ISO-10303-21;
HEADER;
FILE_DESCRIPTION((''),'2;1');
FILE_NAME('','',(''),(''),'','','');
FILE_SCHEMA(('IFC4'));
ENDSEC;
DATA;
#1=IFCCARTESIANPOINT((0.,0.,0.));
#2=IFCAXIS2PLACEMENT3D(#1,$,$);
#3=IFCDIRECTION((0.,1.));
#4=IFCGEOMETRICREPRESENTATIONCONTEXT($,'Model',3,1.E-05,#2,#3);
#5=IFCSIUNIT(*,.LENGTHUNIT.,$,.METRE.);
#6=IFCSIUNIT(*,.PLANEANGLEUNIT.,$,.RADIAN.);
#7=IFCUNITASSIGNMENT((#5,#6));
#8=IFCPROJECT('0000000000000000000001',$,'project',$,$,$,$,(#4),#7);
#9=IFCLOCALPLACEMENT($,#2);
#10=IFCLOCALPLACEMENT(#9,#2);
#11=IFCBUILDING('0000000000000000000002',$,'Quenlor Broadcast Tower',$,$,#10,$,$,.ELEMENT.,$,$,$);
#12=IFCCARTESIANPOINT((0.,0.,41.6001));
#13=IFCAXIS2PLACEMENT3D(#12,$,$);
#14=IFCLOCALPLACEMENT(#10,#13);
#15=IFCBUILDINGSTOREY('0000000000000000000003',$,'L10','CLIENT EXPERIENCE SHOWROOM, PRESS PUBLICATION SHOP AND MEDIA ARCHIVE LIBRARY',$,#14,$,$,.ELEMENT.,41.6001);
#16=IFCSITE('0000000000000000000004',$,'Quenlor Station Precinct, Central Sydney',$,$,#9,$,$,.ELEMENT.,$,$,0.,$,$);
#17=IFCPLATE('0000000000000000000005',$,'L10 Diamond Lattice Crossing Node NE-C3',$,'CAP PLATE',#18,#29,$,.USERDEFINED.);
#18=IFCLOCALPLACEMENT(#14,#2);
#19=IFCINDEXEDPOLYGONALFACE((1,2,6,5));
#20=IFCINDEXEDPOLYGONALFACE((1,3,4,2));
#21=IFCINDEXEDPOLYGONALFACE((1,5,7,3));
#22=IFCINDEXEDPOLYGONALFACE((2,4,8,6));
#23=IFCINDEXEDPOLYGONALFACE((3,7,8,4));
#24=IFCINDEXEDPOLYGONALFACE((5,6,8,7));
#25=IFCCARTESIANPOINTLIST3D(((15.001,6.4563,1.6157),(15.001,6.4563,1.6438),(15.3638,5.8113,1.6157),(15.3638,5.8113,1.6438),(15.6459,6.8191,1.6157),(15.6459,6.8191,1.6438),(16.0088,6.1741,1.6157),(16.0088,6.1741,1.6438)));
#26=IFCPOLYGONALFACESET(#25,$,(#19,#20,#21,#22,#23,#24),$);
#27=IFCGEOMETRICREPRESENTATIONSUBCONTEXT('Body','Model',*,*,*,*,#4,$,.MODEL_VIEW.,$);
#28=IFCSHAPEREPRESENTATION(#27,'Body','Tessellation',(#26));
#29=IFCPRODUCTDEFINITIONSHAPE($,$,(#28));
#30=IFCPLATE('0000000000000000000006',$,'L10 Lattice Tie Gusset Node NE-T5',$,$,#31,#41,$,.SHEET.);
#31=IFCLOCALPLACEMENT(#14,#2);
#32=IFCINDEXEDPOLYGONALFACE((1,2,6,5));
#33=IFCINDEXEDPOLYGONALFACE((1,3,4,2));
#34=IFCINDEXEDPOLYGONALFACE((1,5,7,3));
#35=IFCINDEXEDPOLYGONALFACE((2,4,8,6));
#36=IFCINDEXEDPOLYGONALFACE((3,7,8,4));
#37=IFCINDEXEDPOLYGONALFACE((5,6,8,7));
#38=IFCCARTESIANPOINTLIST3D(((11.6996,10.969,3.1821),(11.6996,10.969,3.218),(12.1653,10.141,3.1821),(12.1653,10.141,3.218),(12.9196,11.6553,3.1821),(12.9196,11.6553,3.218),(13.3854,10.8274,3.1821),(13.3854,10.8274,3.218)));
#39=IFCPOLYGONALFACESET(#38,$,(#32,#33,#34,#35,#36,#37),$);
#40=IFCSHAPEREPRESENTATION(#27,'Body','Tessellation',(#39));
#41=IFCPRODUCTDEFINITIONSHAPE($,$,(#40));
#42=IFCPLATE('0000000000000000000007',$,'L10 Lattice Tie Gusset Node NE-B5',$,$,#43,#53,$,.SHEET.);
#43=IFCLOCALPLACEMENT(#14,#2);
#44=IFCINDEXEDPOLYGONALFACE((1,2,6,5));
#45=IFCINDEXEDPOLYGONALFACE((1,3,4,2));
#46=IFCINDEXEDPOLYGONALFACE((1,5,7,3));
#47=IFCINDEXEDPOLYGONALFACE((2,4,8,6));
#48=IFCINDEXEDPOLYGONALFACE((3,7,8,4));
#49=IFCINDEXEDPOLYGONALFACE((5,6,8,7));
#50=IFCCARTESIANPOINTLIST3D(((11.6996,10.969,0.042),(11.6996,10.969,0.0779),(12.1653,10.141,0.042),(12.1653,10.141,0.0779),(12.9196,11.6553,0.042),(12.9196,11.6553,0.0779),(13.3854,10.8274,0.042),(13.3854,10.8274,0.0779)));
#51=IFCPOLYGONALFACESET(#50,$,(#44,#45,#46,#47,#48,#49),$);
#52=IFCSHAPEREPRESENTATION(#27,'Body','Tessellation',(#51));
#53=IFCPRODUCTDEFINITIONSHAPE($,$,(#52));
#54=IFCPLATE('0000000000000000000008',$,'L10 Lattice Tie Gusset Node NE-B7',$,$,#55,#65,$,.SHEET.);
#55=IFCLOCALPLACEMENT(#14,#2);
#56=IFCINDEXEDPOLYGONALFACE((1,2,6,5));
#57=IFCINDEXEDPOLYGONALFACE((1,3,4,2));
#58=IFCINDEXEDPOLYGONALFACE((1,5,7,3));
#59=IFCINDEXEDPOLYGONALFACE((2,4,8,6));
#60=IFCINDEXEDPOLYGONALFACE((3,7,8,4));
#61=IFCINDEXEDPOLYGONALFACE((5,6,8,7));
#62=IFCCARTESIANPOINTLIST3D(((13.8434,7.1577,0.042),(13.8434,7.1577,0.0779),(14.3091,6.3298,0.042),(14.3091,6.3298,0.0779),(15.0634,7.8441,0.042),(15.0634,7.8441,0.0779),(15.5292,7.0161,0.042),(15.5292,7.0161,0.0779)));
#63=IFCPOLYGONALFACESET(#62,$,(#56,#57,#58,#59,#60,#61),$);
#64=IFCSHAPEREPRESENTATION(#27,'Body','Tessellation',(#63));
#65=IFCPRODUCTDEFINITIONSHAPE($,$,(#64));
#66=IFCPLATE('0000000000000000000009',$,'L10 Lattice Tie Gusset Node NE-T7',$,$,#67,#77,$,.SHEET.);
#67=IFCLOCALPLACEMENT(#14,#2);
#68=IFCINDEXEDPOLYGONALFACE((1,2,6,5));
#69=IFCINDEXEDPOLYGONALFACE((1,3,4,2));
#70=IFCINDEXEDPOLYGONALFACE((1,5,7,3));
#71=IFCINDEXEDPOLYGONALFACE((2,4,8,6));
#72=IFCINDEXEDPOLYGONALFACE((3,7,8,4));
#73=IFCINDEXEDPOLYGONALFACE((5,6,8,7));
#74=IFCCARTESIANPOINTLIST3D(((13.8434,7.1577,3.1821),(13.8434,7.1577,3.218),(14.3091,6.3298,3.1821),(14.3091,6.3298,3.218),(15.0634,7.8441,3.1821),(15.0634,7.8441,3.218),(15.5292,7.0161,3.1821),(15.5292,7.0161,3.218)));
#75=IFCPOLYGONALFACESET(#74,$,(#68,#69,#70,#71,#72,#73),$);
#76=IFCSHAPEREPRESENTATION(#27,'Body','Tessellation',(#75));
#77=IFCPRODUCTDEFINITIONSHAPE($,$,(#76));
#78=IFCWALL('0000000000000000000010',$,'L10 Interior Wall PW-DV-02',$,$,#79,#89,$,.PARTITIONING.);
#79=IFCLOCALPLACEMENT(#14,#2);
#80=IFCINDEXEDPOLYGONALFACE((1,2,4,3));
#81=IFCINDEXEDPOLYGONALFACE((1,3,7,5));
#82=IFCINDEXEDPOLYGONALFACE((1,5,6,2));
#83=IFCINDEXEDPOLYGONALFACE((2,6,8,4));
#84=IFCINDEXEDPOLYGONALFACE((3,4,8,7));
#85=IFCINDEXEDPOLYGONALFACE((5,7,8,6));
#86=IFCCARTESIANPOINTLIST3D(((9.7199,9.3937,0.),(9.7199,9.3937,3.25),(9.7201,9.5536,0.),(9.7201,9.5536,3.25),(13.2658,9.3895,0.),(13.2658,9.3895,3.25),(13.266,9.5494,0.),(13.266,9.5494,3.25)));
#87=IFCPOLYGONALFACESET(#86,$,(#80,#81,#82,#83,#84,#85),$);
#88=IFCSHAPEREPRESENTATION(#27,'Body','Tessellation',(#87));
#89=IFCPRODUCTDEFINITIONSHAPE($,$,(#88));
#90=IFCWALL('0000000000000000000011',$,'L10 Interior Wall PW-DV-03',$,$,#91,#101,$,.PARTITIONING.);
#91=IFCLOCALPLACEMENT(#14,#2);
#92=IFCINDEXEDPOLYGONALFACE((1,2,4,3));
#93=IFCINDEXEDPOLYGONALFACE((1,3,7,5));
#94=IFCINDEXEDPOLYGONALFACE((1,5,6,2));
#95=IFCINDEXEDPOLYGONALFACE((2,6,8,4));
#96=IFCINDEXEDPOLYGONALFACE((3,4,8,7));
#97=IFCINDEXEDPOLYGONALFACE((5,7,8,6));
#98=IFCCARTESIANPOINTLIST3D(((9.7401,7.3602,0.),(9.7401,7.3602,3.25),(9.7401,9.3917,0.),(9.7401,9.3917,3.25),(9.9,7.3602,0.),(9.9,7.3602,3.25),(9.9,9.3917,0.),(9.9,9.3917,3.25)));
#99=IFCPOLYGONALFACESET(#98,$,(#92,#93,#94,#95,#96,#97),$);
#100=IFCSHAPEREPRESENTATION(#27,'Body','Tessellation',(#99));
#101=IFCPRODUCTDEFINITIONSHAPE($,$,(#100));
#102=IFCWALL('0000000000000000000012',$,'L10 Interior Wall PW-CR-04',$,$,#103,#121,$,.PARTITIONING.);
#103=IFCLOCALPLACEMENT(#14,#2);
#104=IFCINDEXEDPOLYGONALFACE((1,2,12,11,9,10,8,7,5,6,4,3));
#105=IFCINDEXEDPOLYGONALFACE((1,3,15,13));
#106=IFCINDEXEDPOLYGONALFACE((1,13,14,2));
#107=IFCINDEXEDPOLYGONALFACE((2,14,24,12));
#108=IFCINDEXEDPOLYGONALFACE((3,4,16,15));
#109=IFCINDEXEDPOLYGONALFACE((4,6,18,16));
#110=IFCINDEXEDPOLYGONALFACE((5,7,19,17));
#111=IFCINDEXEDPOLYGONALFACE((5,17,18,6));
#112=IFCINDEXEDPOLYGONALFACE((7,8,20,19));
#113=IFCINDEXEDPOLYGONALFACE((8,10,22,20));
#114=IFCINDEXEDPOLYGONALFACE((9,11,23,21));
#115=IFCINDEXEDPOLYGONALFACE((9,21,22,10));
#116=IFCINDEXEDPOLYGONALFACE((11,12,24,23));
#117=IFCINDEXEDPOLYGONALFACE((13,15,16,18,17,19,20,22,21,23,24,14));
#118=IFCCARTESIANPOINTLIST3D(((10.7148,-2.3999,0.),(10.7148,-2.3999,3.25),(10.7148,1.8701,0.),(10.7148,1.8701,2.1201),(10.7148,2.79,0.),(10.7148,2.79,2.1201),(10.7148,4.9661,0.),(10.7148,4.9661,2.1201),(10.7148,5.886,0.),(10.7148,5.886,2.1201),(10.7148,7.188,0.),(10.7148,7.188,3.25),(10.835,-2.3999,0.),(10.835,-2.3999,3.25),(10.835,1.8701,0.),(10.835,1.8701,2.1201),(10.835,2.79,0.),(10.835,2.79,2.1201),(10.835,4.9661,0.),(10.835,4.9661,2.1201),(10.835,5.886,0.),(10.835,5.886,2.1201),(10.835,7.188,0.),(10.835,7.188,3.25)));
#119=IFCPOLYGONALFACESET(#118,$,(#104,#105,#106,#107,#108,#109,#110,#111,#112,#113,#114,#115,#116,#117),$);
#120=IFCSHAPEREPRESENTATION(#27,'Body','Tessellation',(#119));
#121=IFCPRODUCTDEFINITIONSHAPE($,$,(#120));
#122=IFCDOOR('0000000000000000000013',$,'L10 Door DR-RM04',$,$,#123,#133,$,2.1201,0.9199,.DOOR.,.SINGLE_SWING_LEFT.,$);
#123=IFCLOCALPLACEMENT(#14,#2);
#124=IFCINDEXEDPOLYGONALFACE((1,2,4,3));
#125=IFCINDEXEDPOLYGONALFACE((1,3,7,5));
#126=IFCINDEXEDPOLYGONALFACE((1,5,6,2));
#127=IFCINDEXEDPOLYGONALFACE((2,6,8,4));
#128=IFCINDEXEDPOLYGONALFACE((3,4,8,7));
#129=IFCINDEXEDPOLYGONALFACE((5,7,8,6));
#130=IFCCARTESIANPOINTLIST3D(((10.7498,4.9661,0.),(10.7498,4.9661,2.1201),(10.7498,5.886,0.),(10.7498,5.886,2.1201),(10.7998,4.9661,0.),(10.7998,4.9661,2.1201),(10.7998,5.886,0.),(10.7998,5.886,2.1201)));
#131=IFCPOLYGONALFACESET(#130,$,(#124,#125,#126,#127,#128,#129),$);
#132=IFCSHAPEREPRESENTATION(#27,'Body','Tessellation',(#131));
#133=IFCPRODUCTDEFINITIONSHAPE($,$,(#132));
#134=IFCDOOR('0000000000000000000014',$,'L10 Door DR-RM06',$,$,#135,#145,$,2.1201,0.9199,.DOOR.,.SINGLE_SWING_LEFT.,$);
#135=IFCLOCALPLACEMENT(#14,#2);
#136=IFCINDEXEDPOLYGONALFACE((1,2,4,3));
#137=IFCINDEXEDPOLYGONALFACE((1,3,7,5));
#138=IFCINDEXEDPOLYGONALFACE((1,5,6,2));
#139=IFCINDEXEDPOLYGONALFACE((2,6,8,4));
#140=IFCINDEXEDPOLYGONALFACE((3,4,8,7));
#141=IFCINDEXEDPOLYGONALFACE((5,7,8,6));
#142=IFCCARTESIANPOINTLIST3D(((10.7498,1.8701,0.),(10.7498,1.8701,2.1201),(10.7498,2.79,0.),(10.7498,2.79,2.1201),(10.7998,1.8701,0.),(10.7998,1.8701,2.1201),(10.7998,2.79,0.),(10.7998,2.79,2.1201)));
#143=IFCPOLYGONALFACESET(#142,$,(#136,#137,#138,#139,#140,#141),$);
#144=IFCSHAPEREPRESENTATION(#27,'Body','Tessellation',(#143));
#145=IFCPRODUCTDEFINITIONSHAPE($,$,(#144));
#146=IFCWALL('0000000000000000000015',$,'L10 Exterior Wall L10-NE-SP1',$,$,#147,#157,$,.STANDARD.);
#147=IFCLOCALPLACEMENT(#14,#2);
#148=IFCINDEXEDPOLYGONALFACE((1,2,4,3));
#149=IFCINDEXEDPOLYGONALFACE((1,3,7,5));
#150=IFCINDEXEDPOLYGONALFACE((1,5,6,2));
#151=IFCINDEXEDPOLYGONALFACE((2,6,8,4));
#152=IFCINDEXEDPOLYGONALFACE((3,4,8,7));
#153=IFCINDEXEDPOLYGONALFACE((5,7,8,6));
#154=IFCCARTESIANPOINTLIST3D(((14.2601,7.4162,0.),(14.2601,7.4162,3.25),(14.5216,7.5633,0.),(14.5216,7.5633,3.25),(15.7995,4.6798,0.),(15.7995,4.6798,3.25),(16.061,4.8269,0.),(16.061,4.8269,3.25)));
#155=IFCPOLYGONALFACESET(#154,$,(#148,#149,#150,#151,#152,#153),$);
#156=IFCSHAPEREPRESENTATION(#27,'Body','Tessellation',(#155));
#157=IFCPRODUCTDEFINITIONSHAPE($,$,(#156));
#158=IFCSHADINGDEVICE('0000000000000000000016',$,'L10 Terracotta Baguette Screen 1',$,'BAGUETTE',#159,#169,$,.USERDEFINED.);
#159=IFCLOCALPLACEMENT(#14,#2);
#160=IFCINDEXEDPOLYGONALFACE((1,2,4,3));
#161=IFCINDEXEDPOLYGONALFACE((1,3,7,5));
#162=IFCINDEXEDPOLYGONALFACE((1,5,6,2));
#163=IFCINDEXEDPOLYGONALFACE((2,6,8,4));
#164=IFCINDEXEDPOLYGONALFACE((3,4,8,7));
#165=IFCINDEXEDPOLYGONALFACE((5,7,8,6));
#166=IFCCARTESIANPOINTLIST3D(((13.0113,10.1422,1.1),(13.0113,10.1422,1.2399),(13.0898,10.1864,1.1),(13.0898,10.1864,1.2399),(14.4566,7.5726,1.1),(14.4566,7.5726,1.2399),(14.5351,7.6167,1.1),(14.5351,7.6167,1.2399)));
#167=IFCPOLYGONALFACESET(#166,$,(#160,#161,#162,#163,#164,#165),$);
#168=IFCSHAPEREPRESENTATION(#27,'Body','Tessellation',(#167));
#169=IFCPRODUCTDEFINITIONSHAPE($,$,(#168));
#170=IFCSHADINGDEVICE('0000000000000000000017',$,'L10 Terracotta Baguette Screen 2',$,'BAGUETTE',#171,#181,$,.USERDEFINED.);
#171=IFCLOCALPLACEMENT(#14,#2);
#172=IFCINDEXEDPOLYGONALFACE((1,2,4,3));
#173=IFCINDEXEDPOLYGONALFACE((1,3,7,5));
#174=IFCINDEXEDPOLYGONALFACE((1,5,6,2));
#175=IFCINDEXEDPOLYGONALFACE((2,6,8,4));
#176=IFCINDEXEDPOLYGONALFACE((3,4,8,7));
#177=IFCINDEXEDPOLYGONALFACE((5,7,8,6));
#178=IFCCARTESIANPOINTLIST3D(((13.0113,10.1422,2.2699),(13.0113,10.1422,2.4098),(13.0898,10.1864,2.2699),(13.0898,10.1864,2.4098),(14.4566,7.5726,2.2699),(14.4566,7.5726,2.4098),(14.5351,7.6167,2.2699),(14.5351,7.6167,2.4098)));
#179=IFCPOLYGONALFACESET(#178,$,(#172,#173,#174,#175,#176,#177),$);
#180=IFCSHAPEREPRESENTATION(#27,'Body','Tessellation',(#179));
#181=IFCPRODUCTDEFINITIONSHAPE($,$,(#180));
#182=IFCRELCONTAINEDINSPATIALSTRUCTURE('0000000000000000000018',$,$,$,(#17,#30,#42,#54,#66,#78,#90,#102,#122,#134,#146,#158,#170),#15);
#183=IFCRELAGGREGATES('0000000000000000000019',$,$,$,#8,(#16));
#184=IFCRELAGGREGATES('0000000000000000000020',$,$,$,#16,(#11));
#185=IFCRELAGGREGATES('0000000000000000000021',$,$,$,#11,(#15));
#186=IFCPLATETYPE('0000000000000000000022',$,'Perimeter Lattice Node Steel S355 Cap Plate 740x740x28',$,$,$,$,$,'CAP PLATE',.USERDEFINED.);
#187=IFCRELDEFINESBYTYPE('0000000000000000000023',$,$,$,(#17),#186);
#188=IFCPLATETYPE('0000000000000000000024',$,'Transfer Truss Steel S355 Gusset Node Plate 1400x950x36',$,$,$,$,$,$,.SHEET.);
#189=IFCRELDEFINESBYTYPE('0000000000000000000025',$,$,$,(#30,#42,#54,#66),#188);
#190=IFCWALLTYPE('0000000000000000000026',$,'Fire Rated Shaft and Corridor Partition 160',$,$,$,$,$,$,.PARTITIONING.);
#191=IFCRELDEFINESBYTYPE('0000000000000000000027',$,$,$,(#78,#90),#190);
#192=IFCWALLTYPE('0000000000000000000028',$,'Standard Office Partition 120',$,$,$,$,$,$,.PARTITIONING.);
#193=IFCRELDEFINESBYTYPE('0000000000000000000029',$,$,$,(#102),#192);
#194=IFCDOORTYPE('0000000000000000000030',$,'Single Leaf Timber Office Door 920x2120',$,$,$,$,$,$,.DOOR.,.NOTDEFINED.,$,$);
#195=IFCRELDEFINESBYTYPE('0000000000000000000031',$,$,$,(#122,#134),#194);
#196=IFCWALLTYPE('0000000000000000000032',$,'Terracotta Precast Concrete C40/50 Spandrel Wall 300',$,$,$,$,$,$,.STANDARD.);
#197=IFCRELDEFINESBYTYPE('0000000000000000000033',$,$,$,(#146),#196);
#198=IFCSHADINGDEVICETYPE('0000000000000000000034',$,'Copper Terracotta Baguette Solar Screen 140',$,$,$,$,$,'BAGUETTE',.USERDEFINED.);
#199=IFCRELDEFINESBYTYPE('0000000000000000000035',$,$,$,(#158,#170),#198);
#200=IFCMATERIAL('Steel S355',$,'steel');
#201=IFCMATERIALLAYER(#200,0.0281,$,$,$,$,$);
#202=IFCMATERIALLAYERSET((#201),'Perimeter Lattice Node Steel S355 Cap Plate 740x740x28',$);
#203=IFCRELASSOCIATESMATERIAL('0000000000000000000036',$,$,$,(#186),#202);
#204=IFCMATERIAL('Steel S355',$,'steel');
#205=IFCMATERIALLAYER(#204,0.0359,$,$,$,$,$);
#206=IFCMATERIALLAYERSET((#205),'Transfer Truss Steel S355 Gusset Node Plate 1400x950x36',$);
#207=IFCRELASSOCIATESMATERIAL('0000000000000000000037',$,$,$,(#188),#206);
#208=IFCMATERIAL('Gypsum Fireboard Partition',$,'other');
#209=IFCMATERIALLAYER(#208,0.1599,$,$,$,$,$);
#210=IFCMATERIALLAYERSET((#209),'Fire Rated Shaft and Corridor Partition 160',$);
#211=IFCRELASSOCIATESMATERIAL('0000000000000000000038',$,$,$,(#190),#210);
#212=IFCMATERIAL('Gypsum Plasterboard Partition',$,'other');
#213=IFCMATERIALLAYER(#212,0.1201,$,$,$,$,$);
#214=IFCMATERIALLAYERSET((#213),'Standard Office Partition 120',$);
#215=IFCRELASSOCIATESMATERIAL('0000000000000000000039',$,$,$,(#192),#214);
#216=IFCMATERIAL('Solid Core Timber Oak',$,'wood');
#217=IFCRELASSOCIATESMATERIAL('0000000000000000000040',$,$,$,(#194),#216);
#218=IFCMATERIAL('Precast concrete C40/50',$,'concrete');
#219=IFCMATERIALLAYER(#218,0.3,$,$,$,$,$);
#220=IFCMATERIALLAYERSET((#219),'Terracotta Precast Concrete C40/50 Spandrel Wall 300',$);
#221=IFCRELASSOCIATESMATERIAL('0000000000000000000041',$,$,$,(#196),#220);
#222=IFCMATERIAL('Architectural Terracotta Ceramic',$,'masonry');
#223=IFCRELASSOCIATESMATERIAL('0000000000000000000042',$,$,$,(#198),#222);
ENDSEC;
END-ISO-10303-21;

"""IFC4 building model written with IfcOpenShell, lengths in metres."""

from ifc_helpers import new_model, si_unit, direction, frame, frame_2d, origin, origin_2d, place, context, subcontext, project, spatial, rectangle, extrude, material, layer, layer_set, material_profile, profile_set, type_object, element, fill, save


model = new_model("IFC4")

# Units and contexts
model_context = context("Model", 3, precision=1e-05, world=origin(), true_north=direction((0.0, 1.0)))
body_context = subcontext(model_context, "Body", "Model", "MODEL_VIEW")
ifc_project = project(units=[si_unit("LENGTHUNIT", "METRE"), si_unit("PLANEANGLEUNIT", "RADIAN")], contexts=[model_context])

# Site, building, storey
site_placement = place(None, origin())
site = spatial("IfcSite", under=ifc_project, at=site_placement, Name="Quenlor Station Precinct, Central Sydney", CompositionType="ELEMENT", RefElevation=0.0)
building_placement = place(site_placement, origin())
building = spatial("IfcBuilding", under=site, at=building_placement, Name="Quenlor Broadcast Tower", CompositionType="ELEMENT")
storey_placement = place(building_placement, frame((0.0, 0.0, 41.6001)))
storey = spatial("IfcBuildingStorey", under=building, at=storey_placement, Name="L10", Description="CLIENT EXPERIENCE SHOWROOM, PRESS PUBLICATION SHOP AND MEDIA ARCHIVE LIBRARY", CompositionType="ELEMENT", Elevation=41.6001)

# Plates
ifc_material_1 = material(Name="Steel S355", Category="steel")
ifc_layer_1 = layer(ifc_material_1, 0.0281)
ifc_layer_set_1 = layer_set([ifc_layer_1], Name="Perimeter Lattice Node Steel S355 Cap Plate 740x740x28")
plate_type_1 = type_object("IfcPlateType", Name="Perimeter Lattice Node Steel S355 Cap Plate 740x740x28", ElementType="CAP PLATE", PredefinedType="USERDEFINED", material=ifc_layer_set_1)
for number, where, z_axis, x_axis, name in (
    (1, (15.5049, 6.3152, 1.6157), (0.0, 0.0, 1.0), (0.490295, -0.871556, 0.0), "L10 Diamond Lattice Crossing Node NE-C3"),
):
    element("IfcPlate", number, at=place(storey_placement, frame(where, z_axis=z_axis, x_axis=x_axis)), inside=storey, type_object=plate_type_1, Name=name, ObjectType="CAP PLATE", PredefinedType="USERDEFINED", context=body_context, shape_type="SweptSolid", body=[
        extrude(rectangle(XDim=0.74, YDim=0.74, at=origin_2d()), origin(), (0.0, 0.0, 1.0), 0.0281),
    ])
ifc_material_2 = material(Name="Steel S355", Category="steel")
ifc_layer_2 = layer(ifc_material_2, 0.0359)
ifc_layer_set_2 = layer_set([ifc_layer_2], Name="Transfer Truss Steel S355 Gusset Node Plate 1400x950x36")
plate_type_2 = type_object("IfcPlateType", Name="Transfer Truss Steel S355 Gusset Node Plate 1400x950x36", PredefinedType="SHEET", material=ifc_layer_set_2)
for number, where, z_axis, x_axis, name in (
    (2, (12.5425, 10.8982, 3.1821), (0.0, 0.0, 1.0), (0.871556, 0.490295, 0.0), "L10 Lattice Tie Gusset Node NE-T5"),
    (3, (12.5425, 10.8982, 0.042), (0.0, 0.0, 1.0), (0.871556, 0.490295, 0.0), "L10 Lattice Tie Gusset Node NE-B5"),
    (4, (14.6863, 7.0869, 0.042), (0.0, 0.0, 1.0), (0.871556, 0.490295, 0.0), "L10 Lattice Tie Gusset Node NE-B7"),
    (5, (14.6863, 7.0869, 3.1821), (0.0, 0.0, 1.0), (0.871556, 0.490295, 0.0), "L10 Lattice Tie Gusset Node NE-T7"),
):
    element("IfcPlate", number, at=place(storey_placement, frame(where, z_axis=z_axis, x_axis=x_axis)), inside=storey, type_object=plate_type_2, Name=name, PredefinedType="SHEET", context=body_context, shape_type="SweptSolid", body=[
        extrude(rectangle(XDim=1.3999, YDim=0.95, at=origin_2d()), origin(), (0.0, 0.0, 1.0), 0.0359),
    ])

# Walls
ifc_material_3 = material(Name="Gypsum Fireboard Partition", Category="other")
ifc_layer_3 = layer(ifc_material_3, 0.1599)
ifc_layer_set_3 = layer_set([ifc_layer_3], Name="Fire Rated Shaft and Corridor Partition 160")
wall_type_1 = type_object("IfcWallType", Name="Fire Rated Shaft and Corridor Partition 160", PredefinedType="PARTITIONING", material=ifc_layer_set_3)
wall_1_placement = place(storey_placement, frame((13.2659, 9.4695, 0.0), z_axis=(0.0, 0.0, 1.0), x_axis=(-0.999999, 0.00117, 0.0)))
element("IfcWall", 6, at=wall_1_placement, inside=storey, type_object=wall_type_1, Name="L10 Interior Wall PW-DV-02", PredefinedType="PARTITIONING", context=body_context, shape_type="SweptSolid", body=[
    extrude(rectangle(XDim=3.5459, YDim=0.1599, at=frame_2d((1.7729, 0.0))), origin(), (0.0, 0.0, 1.0), 3.25),
])
wall_2_placement = place(storey_placement, frame((9.8201, 9.3916, 0.0), z_axis=(0.0, 0.0, 1.0), x_axis=(0.0, -1.0, 0.0)))
element("IfcWall", 7, at=wall_2_placement, inside=storey, type_object=wall_type_1, Name="L10 Interior Wall PW-DV-03", PredefinedType="PARTITIONING", context=body_context, shape_type="SweptSolid", body=[
    extrude(rectangle(XDim=2.0315, YDim=0.1599, at=frame_2d((1.0156, 0.0))), origin(), (0.0, 0.0, 1.0), 3.25),
])

# Wall, openings, doors
ifc_material_4 = material(Name="Gypsum Plasterboard Partition", Category="other")
ifc_layer_4 = layer(ifc_material_4, 0.1201)
ifc_layer_set_4 = layer_set([ifc_layer_4], Name="Standard Office Partition 120")
wall_type_2 = type_object("IfcWallType", Name="Standard Office Partition 120", PredefinedType="PARTITIONING", material=ifc_layer_set_4)
wall_3_placement = place(storey_placement, frame((10.7749, 7.188, 0.0), z_axis=(0.0, 0.0, 1.0), x_axis=(0.0, -1.0, 0.0)))
wall_3 = element("IfcWall", 8, at=wall_3_placement, inside=storey, type_object=wall_type_2, Name="L10 Interior Wall PW-CR-04", PredefinedType="PARTITIONING", context=body_context, shape_type="SweptSolid", body=[
    extrude(rectangle(XDim=9.5879, YDim=0.1201, at=frame_2d((4.7939, 0.0))), origin(), (0.0, 0.0, 1.0), 3.25),
])
opening_1_placement = place(wall_3_placement, frame((1.302, 0.0, 0.0)))
opening_1 = element("IfcOpeningElement", 9, at=opening_1_placement, cuts=wall_3, PredefinedType="OPENING", context=body_context, shape_type="SweptSolid", body=[
    extrude(rectangle(XDim=0.9199, YDim=2.1201, at=frame_2d((0.46, 1.0601))), frame((0.0, 0.0701, 0.0), z_axis=(0.0, -1.0, 0.0), x_axis=(1.0, 0.0, 0.0)), (0.0, 0.0, 1.0), 0.1401),
])
opening_2_placement = place(wall_3_placement, frame((4.3979, 0.0, 0.0)))
opening_2 = element("IfcOpeningElement", 10, at=opening_2_placement, cuts=wall_3, PredefinedType="OPENING", context=body_context, shape_type="SweptSolid", body=[
    extrude(rectangle(XDim=0.9199, YDim=2.1201, at=frame_2d((0.46, 1.0601))), frame((0.0, 0.0701, 0.0), z_axis=(0.0, -1.0, 0.0), x_axis=(1.0, 0.0, 0.0)), (0.0, 0.0, 1.0), 0.1401),
])
ifc_material_5 = material(Name="Solid Core Timber Oak", Category="wood")
door_type = type_object("IfcDoorType", Name="Single Leaf Timber Office Door 920x2120", OperationType="NOTDEFINED", PredefinedType="DOOR", material=ifc_material_5)
door_1_placement = place(opening_1_placement, origin())
door_1 = element("IfcDoor", 11, at=door_1_placement, inside=storey, type_object=door_type, Name="L10 Door DR-RM04", OperationType="SINGLE_SWING_LEFT", OverallHeight=2.1201, OverallWidth=0.9199, PredefinedType="DOOR", context=body_context, shape_type="SweptSolid", body=[
    extrude(rectangle(XDim=0.9199, YDim=2.1201, at=frame_2d((0.46, 1.0601))), frame((0.0, 0.0249, 0.0), z_axis=(0.0, -1.0, 0.0), x_axis=(1.0, 0.0, 0.0)), (0.0, 0.0, 1.0), 0.05),
])
fill(opening_1, door_1)
door_2_placement = place(opening_2_placement, origin())
door_2 = element("IfcDoor", 12, at=door_2_placement, inside=storey, type_object=door_type, Name="L10 Door DR-RM06", OperationType="SINGLE_SWING_LEFT", OverallHeight=2.1201, OverallWidth=0.9199, PredefinedType="DOOR", context=body_context, shape_type="SweptSolid", body=[
    extrude(rectangle(XDim=0.9199, YDim=2.1201, at=frame_2d((0.46, 1.0601))), frame((0.0, 0.0249, 0.0), z_axis=(0.0, -1.0, 0.0), x_axis=(1.0, 0.0, 0.0)), (0.0, 0.0, 1.0), 0.05),
])
fill(opening_2, door_2)

# Wall
ifc_material_6 = material(Name="Precast concrete C40/50", Category="concrete")
ifc_layer_5 = layer(ifc_material_6, 0.3)
ifc_layer_set_5 = layer_set([ifc_layer_5], Name="Terracotta Precast Concrete C40/50 Spandrel Wall 300")
wall_type_3 = type_object("IfcWallType", Name="Terracotta Precast Concrete C40/50 Spandrel Wall 300", PredefinedType="STANDARD", material=ifc_layer_set_5)
wall_4_placement = place(storey_placement, frame((14.3909, 7.4897, 0.0), z_axis=(0.0, 0.0, 1.0), x_axis=(0.490291, -0.871559, 0.0)))
element("IfcWall", 13, at=wall_4_placement, inside=storey, type_object=wall_type_3, Name="L10 Exterior Wall L10-NE-SP1", PredefinedType="STANDARD", context=body_context, shape_type="SweptSolid", body=[
    extrude(rectangle(XDim=3.1396, YDim=0.3, at=frame_2d((1.5698, 0.0))), origin(), (0.0, 0.0, 1.0), 3.25),
])

# Shading devices
ifc_material_7 = material(Name="Architectural Terracotta Ceramic", Category="masonry")
ifc_material_profile_1 = material_profile(ifc_material_7, rectangle(XDim=0.0901, YDim=0.1399, at=origin_2d()))
ifc_profile_set_1 = profile_set([ifc_material_profile_1], Name="Architectural Terracotta Ceramic BAG90x140")
shading_device_type = type_object("IfcShadingDeviceType", Name="Copper Terracotta Baguette Solar Screen 140", ElementType="BAGUETTE", PredefinedType="USERDEFINED", material=ifc_profile_set_1)
for number, where, z_axis, x_axis, name in (
    (14, (13.0505, 10.1643, 1.1699), (0.490242, -0.871587, 0.0), (0.871587, 0.490242, 0.0), "L10 Terracotta Baguette Screen 1"),
    (15, (13.0505, 10.1643, 2.3398), (0.490242, -0.871587, 0.0), (0.871587, 0.490242, 0.0), "L10 Terracotta Baguette Screen 2"),
):
    element("IfcShadingDevice", number, at=place(storey_placement, frame(where, z_axis=z_axis, x_axis=x_axis)), inside=storey, type_object=shading_device_type, Name=name, ObjectType="BAGUETTE", PredefinedType="USERDEFINED", context=body_context, shape_type="SweptSolid", body=[
        extrude(rectangle(XDim=0.0901, YDim=0.1399, at=origin_2d()), origin(), (0.0, 0.0, 1.0), 2.9482),
    ])

save(model, "model.ifc")
